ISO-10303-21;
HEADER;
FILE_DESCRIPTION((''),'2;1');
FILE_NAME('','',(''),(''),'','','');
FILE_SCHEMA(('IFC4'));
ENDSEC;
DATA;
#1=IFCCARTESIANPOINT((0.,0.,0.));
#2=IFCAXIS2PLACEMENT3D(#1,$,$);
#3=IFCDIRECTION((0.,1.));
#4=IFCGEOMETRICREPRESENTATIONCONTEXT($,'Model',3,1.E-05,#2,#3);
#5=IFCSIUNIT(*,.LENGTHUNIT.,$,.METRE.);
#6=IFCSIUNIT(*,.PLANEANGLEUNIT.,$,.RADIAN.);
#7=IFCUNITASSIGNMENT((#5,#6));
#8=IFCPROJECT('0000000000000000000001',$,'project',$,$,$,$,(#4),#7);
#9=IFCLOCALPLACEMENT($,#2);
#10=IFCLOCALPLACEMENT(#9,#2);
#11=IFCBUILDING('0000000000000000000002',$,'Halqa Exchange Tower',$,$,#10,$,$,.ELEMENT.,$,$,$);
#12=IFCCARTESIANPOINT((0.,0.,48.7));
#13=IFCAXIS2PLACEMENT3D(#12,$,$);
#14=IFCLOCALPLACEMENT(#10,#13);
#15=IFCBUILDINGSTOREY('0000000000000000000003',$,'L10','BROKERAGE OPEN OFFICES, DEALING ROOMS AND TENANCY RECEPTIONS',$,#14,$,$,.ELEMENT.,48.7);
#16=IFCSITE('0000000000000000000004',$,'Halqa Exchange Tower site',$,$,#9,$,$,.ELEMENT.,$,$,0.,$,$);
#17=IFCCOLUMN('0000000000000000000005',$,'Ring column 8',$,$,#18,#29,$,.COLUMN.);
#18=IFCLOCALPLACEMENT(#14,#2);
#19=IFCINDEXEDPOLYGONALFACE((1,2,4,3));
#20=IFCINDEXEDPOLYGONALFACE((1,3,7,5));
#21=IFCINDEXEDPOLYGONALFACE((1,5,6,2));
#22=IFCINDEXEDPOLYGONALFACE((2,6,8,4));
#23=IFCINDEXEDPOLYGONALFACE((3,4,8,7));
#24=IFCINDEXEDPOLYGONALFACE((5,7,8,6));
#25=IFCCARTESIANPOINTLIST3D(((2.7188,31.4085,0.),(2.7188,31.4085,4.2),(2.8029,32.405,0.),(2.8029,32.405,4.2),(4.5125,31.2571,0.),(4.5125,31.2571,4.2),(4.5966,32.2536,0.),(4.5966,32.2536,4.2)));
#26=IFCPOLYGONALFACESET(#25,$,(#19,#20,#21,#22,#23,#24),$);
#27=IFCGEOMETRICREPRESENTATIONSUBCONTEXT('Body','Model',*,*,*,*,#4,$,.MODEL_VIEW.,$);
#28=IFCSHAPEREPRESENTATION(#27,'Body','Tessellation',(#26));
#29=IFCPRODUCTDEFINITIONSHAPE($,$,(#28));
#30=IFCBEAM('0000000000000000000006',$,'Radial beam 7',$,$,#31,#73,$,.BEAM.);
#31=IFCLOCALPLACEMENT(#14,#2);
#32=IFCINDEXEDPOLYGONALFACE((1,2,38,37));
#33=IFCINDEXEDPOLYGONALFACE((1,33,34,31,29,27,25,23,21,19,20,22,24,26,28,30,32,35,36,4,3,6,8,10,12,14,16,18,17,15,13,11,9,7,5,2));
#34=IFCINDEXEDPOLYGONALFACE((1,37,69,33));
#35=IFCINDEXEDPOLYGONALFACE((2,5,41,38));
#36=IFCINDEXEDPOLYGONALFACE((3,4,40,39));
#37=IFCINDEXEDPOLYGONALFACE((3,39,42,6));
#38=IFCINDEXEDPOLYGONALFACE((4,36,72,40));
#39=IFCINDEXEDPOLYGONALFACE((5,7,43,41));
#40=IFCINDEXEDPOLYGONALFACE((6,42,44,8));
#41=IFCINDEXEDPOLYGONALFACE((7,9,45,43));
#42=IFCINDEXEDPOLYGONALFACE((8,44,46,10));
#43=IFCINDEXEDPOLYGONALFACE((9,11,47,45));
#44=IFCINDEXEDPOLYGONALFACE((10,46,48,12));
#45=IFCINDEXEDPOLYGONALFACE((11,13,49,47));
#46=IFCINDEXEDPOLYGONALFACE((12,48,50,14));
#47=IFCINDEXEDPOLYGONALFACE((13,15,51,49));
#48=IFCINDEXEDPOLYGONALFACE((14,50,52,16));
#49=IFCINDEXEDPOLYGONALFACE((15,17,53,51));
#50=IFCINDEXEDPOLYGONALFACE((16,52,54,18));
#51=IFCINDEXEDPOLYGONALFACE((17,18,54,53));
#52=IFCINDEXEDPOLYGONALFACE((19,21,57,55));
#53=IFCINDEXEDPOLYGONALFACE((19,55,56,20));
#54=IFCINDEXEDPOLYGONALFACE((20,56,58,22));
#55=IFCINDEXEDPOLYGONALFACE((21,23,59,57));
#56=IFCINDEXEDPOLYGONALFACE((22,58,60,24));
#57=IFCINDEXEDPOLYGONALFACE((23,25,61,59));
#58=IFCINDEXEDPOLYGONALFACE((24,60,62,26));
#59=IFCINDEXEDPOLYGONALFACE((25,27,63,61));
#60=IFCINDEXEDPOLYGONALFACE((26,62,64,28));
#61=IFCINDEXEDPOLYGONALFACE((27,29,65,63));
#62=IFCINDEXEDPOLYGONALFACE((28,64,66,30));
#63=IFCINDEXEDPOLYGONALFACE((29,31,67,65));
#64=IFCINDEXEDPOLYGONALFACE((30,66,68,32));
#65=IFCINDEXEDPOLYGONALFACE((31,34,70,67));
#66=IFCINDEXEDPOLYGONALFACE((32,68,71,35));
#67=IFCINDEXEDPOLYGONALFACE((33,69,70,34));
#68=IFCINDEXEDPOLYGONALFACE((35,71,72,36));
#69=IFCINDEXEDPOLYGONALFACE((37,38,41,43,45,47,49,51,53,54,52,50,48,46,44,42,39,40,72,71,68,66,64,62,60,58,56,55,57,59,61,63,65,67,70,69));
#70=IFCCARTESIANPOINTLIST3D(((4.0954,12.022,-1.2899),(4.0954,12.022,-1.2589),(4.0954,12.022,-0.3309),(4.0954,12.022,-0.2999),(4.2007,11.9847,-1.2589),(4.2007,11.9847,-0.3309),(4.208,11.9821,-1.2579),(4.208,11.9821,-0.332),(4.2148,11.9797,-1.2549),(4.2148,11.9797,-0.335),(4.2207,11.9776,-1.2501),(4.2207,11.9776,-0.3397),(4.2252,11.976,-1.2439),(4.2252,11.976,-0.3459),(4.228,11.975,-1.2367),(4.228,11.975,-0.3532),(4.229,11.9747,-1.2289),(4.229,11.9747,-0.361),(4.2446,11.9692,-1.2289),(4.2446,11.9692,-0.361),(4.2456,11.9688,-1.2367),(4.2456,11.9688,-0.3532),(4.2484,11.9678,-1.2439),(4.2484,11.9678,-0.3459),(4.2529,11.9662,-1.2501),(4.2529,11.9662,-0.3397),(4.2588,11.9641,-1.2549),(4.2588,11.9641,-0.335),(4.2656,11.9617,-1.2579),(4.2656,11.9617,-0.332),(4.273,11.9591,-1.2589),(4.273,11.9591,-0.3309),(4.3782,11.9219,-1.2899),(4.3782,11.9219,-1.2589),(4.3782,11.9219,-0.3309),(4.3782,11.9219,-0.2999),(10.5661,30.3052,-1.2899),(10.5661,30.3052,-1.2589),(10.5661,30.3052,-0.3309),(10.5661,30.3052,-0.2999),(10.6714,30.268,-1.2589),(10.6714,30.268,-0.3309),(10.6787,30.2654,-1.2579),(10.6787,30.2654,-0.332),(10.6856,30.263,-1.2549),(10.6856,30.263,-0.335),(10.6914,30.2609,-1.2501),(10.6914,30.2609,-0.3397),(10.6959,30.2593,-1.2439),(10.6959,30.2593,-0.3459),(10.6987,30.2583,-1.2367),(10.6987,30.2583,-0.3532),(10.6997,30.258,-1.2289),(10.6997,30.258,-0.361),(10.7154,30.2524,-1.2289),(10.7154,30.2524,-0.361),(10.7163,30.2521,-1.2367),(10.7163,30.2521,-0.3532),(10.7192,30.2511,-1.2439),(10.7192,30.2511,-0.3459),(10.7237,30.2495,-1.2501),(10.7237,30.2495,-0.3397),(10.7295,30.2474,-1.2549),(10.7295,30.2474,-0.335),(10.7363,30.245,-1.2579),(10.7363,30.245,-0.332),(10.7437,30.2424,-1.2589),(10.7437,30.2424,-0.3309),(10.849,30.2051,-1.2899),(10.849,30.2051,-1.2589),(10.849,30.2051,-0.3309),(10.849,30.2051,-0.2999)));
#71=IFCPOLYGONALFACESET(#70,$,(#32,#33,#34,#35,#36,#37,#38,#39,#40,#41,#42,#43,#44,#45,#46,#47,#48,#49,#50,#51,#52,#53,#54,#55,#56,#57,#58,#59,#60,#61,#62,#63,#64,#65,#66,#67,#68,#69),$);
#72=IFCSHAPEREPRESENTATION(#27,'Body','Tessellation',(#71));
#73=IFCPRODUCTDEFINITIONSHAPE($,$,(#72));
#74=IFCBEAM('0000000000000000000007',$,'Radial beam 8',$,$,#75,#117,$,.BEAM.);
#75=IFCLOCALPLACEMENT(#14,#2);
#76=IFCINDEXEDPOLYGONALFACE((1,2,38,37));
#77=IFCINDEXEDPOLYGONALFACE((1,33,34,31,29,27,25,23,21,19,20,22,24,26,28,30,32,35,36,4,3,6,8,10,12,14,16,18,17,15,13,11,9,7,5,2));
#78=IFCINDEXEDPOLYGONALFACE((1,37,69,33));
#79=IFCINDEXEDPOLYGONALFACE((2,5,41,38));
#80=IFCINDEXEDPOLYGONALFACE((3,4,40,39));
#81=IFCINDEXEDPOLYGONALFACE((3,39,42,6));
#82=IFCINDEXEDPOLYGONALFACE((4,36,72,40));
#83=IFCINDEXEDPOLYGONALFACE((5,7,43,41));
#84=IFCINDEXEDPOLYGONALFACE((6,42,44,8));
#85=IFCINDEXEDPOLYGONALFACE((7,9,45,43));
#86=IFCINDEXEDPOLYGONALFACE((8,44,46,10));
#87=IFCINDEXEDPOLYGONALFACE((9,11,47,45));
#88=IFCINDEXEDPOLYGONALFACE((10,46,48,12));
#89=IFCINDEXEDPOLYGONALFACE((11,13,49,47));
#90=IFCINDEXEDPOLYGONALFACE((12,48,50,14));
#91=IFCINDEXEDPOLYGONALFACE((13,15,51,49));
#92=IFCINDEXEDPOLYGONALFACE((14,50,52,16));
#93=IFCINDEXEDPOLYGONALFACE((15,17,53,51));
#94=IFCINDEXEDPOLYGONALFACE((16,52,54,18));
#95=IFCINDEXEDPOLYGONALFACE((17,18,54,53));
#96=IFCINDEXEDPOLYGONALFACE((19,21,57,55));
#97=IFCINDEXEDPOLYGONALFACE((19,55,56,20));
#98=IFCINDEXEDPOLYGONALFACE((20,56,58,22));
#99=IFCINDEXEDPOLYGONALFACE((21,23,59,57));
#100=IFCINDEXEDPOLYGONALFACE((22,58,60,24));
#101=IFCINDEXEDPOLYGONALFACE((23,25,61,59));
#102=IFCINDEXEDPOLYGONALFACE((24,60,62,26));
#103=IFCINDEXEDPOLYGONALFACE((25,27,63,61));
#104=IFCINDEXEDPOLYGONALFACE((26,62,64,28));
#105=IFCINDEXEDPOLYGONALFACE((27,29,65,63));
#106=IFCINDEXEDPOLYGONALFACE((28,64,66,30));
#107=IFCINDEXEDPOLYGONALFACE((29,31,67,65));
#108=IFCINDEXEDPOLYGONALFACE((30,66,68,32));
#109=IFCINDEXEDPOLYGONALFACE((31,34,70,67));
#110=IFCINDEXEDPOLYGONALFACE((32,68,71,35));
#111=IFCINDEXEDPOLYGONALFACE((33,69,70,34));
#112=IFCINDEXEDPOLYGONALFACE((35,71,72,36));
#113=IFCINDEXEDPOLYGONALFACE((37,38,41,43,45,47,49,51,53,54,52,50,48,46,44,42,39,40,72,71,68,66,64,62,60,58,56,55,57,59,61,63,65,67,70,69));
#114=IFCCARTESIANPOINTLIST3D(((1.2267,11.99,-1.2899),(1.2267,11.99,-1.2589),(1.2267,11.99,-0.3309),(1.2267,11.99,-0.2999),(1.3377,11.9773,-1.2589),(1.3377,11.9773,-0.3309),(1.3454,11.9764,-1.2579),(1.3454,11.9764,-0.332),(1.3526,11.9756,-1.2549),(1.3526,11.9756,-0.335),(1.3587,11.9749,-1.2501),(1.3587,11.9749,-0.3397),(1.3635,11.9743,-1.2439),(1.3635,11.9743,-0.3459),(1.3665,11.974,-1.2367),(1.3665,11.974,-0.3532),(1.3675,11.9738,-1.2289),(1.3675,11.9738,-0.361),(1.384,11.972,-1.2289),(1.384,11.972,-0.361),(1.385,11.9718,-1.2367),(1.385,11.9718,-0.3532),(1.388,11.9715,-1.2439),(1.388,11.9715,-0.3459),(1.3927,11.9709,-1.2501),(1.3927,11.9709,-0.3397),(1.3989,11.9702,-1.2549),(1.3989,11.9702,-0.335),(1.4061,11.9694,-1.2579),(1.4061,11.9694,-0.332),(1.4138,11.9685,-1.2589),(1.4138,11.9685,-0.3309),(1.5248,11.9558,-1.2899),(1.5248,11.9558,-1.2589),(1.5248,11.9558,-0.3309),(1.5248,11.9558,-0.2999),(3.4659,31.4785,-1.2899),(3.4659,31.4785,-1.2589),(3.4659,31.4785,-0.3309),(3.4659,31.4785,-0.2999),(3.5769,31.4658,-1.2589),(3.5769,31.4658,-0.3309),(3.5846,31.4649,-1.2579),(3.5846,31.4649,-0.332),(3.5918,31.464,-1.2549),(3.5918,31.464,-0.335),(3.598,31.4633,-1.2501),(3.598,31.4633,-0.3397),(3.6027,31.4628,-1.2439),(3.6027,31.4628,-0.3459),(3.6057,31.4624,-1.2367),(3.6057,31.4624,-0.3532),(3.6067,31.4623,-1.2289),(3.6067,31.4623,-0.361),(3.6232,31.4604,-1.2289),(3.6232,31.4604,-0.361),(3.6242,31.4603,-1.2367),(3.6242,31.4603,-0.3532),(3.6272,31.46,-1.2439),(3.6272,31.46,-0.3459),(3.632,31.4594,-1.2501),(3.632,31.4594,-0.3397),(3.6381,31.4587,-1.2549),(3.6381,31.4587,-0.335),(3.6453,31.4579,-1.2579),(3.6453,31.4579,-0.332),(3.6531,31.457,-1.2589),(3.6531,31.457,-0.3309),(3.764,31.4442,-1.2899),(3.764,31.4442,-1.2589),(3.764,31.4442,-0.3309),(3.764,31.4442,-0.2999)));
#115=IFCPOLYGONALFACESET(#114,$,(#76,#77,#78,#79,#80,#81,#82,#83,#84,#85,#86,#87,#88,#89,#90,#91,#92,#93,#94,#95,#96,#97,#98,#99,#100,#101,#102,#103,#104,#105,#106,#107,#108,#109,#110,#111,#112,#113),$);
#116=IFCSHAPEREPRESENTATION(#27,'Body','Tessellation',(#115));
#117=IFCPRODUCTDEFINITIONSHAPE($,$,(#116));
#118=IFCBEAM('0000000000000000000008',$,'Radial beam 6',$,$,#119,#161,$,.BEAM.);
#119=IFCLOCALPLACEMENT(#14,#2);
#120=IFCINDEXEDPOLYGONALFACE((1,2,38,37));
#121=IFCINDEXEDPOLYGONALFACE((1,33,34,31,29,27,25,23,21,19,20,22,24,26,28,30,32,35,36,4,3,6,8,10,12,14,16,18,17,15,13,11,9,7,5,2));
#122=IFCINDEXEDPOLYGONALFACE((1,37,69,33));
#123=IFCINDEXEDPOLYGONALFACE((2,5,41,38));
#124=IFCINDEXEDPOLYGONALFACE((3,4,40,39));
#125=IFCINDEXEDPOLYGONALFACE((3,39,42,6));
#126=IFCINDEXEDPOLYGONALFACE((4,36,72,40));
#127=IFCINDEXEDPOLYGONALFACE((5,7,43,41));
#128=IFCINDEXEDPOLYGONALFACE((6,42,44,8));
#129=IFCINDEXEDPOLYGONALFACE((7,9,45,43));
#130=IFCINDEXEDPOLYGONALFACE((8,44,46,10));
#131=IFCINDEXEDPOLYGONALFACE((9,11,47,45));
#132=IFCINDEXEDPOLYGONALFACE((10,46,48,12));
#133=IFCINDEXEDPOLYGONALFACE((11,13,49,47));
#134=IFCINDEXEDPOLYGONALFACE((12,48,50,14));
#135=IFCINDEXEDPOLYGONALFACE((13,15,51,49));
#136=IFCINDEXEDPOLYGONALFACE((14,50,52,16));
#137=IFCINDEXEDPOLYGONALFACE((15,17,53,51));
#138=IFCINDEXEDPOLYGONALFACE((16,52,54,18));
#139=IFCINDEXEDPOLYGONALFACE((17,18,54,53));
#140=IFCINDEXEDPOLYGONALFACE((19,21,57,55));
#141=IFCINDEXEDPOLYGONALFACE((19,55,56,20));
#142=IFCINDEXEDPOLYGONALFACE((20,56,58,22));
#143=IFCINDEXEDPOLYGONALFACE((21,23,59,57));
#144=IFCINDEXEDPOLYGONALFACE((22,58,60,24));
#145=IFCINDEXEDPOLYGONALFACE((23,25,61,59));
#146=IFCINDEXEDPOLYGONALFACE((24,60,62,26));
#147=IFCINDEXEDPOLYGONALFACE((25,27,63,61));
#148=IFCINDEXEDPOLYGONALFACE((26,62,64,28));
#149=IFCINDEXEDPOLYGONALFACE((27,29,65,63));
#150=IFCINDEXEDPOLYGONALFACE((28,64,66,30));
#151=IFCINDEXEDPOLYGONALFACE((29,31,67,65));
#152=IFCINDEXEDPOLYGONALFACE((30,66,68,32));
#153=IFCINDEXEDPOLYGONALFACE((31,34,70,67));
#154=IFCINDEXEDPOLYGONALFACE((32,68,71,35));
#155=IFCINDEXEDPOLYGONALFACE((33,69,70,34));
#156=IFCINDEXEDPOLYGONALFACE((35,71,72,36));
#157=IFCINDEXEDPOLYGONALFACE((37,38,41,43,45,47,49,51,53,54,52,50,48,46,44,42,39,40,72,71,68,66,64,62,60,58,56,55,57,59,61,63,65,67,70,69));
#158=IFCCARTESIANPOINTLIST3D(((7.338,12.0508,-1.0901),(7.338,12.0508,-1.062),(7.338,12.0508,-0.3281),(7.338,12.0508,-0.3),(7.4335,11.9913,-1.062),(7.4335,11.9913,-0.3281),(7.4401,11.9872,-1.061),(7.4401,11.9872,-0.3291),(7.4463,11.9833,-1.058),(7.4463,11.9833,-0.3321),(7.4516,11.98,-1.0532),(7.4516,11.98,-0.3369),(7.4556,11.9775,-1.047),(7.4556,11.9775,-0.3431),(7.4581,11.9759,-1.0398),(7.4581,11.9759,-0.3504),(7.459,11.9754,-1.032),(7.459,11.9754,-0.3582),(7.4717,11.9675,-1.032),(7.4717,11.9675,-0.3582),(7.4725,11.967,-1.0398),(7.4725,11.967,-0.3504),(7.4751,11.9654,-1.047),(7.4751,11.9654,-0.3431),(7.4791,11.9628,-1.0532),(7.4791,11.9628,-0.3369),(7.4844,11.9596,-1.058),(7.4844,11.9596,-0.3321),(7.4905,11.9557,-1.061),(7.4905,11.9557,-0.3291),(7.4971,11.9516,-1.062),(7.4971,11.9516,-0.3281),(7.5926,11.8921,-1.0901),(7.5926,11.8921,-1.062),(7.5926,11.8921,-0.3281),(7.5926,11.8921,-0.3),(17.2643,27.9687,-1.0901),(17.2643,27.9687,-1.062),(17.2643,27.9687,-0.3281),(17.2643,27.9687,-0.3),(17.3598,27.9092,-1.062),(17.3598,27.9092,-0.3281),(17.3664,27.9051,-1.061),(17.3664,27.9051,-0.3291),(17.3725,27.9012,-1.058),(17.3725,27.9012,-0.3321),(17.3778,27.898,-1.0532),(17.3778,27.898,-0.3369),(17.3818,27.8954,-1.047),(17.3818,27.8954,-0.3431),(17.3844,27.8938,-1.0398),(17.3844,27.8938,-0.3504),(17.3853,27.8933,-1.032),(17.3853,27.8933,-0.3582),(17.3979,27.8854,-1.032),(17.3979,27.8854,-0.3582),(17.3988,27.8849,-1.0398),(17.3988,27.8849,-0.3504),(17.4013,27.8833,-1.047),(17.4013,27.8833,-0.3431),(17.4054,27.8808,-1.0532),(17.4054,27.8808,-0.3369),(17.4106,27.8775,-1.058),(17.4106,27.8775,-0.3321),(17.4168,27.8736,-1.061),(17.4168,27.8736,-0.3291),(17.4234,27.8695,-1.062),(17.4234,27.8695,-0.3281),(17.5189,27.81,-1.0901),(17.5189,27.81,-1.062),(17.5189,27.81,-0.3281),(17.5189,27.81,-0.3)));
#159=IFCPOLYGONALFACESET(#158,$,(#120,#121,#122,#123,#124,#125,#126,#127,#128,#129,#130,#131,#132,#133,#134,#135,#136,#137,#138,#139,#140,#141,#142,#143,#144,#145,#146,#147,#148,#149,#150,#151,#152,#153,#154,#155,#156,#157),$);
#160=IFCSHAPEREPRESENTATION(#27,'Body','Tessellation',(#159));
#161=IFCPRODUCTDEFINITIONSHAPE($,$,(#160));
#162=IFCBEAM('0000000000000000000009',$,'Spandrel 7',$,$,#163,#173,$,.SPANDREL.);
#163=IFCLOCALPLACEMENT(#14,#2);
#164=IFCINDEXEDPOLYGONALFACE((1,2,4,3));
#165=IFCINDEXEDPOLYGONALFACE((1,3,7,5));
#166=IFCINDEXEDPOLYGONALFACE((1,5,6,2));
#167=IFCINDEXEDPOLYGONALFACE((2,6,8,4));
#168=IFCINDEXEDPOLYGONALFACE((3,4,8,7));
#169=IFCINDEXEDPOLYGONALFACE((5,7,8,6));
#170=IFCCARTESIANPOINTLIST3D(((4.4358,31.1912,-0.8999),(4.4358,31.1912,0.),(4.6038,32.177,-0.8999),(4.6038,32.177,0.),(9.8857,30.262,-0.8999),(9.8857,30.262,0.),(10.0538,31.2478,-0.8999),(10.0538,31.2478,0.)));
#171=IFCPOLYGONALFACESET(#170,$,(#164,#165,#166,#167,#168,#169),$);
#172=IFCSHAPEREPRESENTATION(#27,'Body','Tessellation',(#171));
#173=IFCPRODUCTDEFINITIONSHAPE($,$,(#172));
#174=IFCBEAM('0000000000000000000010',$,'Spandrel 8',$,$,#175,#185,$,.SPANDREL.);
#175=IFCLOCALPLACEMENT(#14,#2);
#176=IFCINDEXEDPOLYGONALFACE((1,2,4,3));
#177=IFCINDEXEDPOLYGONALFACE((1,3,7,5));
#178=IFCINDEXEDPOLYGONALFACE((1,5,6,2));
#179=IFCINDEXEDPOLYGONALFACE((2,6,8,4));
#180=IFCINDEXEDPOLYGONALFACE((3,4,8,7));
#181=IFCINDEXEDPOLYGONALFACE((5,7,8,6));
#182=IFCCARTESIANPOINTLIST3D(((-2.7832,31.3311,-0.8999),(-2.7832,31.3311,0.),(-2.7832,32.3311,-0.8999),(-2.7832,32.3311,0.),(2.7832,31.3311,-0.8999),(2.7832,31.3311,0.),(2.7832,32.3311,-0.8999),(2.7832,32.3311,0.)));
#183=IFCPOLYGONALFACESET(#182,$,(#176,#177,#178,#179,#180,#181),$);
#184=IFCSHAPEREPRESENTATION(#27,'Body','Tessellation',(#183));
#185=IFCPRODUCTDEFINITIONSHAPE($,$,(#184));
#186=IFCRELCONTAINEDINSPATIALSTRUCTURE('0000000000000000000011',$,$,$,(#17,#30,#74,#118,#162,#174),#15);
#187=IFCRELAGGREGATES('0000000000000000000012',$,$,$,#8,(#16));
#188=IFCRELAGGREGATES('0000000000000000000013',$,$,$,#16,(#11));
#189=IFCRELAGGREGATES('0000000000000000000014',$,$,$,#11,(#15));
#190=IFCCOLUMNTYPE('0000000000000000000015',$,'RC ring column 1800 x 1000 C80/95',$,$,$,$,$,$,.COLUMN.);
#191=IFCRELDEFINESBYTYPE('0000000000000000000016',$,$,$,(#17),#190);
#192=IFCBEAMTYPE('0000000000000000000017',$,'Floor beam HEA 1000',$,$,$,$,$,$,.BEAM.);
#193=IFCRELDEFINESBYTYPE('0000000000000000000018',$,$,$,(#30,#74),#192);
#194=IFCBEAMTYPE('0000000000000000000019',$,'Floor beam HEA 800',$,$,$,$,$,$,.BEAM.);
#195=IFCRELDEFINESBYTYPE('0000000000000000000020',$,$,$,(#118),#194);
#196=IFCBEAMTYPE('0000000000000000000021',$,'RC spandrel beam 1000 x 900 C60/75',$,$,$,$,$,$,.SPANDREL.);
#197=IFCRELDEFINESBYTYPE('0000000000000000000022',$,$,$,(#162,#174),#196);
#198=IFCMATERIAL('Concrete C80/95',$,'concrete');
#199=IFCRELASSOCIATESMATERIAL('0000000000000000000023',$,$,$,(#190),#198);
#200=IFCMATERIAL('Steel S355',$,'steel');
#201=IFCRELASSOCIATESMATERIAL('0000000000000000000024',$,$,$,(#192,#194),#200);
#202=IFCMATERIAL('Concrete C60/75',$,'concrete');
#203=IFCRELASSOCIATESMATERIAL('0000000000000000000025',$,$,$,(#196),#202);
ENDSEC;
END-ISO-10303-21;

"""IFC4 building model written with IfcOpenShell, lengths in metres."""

from ifc_helpers import new_model, si_unit, direction, frame, origin, origin_2d, place, context, subcontext, project, spatial, rectangle, i_section, extrude, material, material_profile, profile_set, type_object, element, save


model = new_model("IFC4")

# Units and contexts
model_context = context("Model", 3, precision=1e-05, world=origin(), true_north=direction((0.0, 1.0)))
body_context = subcontext(model_context, "Body", "Model", "MODEL_VIEW")
ifc_project = project(units=[si_unit("LENGTHUNIT", "METRE"), si_unit("PLANEANGLEUNIT", "RADIAN")], contexts=[model_context])

# Site, building, storey
site_placement = place(None, origin())
site = spatial("IfcSite", under=ifc_project, at=site_placement, Name="Halqa Exchange Tower site", CompositionType="ELEMENT", RefElevation=0.0)
building_placement = place(site_placement, origin())
building = spatial("IfcBuilding", under=site, at=building_placement, Name="Halqa Exchange Tower", CompositionType="ELEMENT")
storey_placement = place(building_placement, frame((0.0, 0.0, 48.7)))
storey = spatial("IfcBuildingStorey", under=building, at=storey_placement, Name="L10", Description="BROKERAGE OPEN OFFICES, DEALING ROOMS AND TENANCY RECEPTIONS", CompositionType="ELEMENT", Elevation=48.7)

# Column
ifc_material_1 = material(Name="Concrete C80/95", Category="concrete")
ifc_material_profile_1 = material_profile(ifc_material_1, rectangle(XDim=1.8, YDim=1.0, at=origin_2d()), Name="1800 x 1000")
ifc_profile_set_1 = profile_set([ifc_material_profile_1], Name="Concrete C80/95")
column_type = type_object("IfcColumnType", Name="RC ring column 1800 x 1000 C80/95", PredefinedType="COLUMN", material=ifc_profile_set_1)
column_placement = place(storey_placement, frame((3.6577, 31.8311, 0.0), z_axis=(0.0, 0.0, 1.0), x_axis=(-0.996455, 0.084125, 0.0)))
element("IfcColumn", 1, at=column_placement, inside=storey, type_object=column_type, Name="Ring column 8", PredefinedType="COLUMN", context=body_context, shape_type="SweptSolid", body=[
    extrude(rectangle(XDim=1.8, YDim=1.0, at=origin_2d()), origin(), (0.0, 0.0, 1.0), 4.2),
])

# Beams
ifc_material_2 = material(Name="Steel S355", Category="steel")
ifc_material_profile_2 = material_profile(ifc_material_2, i_section(OverallWidth=0.3, OverallDepth=0.99, WebThickness=0.0166, FlangeThickness=0.031, FilletRadius=0.03, at=origin_2d()), Name="HEA 1000")
ifc_profile_set_2 = profile_set([ifc_material_profile_2], Name="Steel S355")
beam_type_1 = type_object("IfcBeamType", Name="Floor beam HEA 1000", PredefinedType="BEAM", material=ifc_profile_set_2)
beam_1_placement = place(storey_placement, frame((4.2368, 11.9719, -0.7949), z_axis=(0.333636, 0.942702, 0.0), x_axis=(-0.942702, 0.333636, 0.0)))
element("IfcBeam", 2, at=beam_1_placement, inside=storey, type_object=beam_type_1, Name="Radial beam 7", PredefinedType="BEAM", context=body_context, shape_type="SweptSolid", body=[
    extrude(i_section(OverallWidth=0.3, OverallDepth=0.99, WebThickness=0.0166, FlangeThickness=0.031, FilletRadius=0.03, at=origin_2d()), origin(), (0.0, 0.0, 1.0), 19.3945),
])
beam_2_placement = place(storey_placement, frame((1.3757, 11.9729, -0.7949), z_axis=(0.11415, 0.993463, 0.0), x_axis=(-0.993463, 0.11415, 0.0)))
element("IfcBeam", 3, at=beam_2_placement, inside=storey, type_object=beam_type_1, Name="Radial beam 8", PredefinedType="BEAM", context=body_context, shape_type="SweptSolid", body=[
    extrude(i_section(OverallWidth=0.3, OverallDepth=0.99, WebThickness=0.0166, FlangeThickness=0.031, FilletRadius=0.03, at=origin_2d()), origin(), (0.0, 0.0, 1.0), 19.6167),
])
ifc_material_profile_3 = material_profile(ifc_material_2, i_section(OverallWidth=0.3, OverallDepth=0.79, WebThickness=0.0149, FlangeThickness=0.0281, FilletRadius=0.03, at=origin_2d()), Name="HEA 800")
ifc_profile_set_3 = profile_set([ifc_material_profile_3], Name="Steel S355")
beam_type_2 = type_object("IfcBeamType", Name="Floor beam HEA 800", PredefinedType="BEAM", material=ifc_profile_set_3)
beam_3_placement = place(storey_placement, frame((7.4653, 11.9714, -0.6951), z_axis=(0.529138, 0.848536, 0.0), x_axis=(-0.848536, 0.529138, 0.0)))
element("IfcBeam", 4, at=beam_3_placement, inside=storey, type_object=beam_type_2, Name="Radial beam 6", PredefinedType="BEAM", context=body_context, shape_type="SweptSolid", body=[
    extrude(i_section(OverallWidth=0.3, OverallDepth=0.79, WebThickness=0.0149, FlangeThickness=0.0281, FilletRadius=0.03, at=origin_2d()), origin(), (0.0, 0.0, 1.0), 18.7593),
])
ifc_material_3 = material(Name="Concrete C60/75", Category="concrete")
ifc_material_profile_4 = material_profile(ifc_material_3, rectangle(XDim=1.0, YDim=0.8999, at=origin_2d()), Name="1000 x 900")
ifc_profile_set_4 = profile_set([ifc_material_profile_4], Name="Concrete C60/75")
beam_type_3 = type_object("IfcBeamType", Name="RC spandrel beam 1000 x 900 C60/75", PredefinedType="SPANDREL", material=ifc_profile_set_4)
beam_4_placement = place(storey_placement, frame((9.9697, 30.7549, -0.45), z_axis=(-0.985775, 0.168071, 0.0), x_axis=(-0.168071, -0.985775, 0.0)))
element("IfcBeam", 5, at=beam_4_placement, inside=storey, type_object=beam_type_3, Name="Spandrel 7", PredefinedType="SPANDREL", context=body_context, shape_type="SweptSolid", body=[
    extrude(rectangle(XDim=1.0, YDim=0.8999, at=origin_2d()), origin(), (0.0, 0.0, 1.0), 5.5286),
])
beam_5_placement = place(storey_placement, frame((2.7832, 31.8311, -0.45), z_axis=(-1.0, 0.0, 0.0), x_axis=(0.0, -1.0, 0.0)))
element("IfcBeam", 6, at=beam_5_placement, inside=storey, type_object=beam_type_3, Name="Spandrel 8", PredefinedType="SPANDREL", context=body_context, shape_type="SweptSolid", body=[
    extrude(rectangle(XDim=1.0, YDim=0.8999, at=origin_2d()), origin(), (0.0, 0.0, 1.0), 5.5664),
])

save(model, "model.ifc")
